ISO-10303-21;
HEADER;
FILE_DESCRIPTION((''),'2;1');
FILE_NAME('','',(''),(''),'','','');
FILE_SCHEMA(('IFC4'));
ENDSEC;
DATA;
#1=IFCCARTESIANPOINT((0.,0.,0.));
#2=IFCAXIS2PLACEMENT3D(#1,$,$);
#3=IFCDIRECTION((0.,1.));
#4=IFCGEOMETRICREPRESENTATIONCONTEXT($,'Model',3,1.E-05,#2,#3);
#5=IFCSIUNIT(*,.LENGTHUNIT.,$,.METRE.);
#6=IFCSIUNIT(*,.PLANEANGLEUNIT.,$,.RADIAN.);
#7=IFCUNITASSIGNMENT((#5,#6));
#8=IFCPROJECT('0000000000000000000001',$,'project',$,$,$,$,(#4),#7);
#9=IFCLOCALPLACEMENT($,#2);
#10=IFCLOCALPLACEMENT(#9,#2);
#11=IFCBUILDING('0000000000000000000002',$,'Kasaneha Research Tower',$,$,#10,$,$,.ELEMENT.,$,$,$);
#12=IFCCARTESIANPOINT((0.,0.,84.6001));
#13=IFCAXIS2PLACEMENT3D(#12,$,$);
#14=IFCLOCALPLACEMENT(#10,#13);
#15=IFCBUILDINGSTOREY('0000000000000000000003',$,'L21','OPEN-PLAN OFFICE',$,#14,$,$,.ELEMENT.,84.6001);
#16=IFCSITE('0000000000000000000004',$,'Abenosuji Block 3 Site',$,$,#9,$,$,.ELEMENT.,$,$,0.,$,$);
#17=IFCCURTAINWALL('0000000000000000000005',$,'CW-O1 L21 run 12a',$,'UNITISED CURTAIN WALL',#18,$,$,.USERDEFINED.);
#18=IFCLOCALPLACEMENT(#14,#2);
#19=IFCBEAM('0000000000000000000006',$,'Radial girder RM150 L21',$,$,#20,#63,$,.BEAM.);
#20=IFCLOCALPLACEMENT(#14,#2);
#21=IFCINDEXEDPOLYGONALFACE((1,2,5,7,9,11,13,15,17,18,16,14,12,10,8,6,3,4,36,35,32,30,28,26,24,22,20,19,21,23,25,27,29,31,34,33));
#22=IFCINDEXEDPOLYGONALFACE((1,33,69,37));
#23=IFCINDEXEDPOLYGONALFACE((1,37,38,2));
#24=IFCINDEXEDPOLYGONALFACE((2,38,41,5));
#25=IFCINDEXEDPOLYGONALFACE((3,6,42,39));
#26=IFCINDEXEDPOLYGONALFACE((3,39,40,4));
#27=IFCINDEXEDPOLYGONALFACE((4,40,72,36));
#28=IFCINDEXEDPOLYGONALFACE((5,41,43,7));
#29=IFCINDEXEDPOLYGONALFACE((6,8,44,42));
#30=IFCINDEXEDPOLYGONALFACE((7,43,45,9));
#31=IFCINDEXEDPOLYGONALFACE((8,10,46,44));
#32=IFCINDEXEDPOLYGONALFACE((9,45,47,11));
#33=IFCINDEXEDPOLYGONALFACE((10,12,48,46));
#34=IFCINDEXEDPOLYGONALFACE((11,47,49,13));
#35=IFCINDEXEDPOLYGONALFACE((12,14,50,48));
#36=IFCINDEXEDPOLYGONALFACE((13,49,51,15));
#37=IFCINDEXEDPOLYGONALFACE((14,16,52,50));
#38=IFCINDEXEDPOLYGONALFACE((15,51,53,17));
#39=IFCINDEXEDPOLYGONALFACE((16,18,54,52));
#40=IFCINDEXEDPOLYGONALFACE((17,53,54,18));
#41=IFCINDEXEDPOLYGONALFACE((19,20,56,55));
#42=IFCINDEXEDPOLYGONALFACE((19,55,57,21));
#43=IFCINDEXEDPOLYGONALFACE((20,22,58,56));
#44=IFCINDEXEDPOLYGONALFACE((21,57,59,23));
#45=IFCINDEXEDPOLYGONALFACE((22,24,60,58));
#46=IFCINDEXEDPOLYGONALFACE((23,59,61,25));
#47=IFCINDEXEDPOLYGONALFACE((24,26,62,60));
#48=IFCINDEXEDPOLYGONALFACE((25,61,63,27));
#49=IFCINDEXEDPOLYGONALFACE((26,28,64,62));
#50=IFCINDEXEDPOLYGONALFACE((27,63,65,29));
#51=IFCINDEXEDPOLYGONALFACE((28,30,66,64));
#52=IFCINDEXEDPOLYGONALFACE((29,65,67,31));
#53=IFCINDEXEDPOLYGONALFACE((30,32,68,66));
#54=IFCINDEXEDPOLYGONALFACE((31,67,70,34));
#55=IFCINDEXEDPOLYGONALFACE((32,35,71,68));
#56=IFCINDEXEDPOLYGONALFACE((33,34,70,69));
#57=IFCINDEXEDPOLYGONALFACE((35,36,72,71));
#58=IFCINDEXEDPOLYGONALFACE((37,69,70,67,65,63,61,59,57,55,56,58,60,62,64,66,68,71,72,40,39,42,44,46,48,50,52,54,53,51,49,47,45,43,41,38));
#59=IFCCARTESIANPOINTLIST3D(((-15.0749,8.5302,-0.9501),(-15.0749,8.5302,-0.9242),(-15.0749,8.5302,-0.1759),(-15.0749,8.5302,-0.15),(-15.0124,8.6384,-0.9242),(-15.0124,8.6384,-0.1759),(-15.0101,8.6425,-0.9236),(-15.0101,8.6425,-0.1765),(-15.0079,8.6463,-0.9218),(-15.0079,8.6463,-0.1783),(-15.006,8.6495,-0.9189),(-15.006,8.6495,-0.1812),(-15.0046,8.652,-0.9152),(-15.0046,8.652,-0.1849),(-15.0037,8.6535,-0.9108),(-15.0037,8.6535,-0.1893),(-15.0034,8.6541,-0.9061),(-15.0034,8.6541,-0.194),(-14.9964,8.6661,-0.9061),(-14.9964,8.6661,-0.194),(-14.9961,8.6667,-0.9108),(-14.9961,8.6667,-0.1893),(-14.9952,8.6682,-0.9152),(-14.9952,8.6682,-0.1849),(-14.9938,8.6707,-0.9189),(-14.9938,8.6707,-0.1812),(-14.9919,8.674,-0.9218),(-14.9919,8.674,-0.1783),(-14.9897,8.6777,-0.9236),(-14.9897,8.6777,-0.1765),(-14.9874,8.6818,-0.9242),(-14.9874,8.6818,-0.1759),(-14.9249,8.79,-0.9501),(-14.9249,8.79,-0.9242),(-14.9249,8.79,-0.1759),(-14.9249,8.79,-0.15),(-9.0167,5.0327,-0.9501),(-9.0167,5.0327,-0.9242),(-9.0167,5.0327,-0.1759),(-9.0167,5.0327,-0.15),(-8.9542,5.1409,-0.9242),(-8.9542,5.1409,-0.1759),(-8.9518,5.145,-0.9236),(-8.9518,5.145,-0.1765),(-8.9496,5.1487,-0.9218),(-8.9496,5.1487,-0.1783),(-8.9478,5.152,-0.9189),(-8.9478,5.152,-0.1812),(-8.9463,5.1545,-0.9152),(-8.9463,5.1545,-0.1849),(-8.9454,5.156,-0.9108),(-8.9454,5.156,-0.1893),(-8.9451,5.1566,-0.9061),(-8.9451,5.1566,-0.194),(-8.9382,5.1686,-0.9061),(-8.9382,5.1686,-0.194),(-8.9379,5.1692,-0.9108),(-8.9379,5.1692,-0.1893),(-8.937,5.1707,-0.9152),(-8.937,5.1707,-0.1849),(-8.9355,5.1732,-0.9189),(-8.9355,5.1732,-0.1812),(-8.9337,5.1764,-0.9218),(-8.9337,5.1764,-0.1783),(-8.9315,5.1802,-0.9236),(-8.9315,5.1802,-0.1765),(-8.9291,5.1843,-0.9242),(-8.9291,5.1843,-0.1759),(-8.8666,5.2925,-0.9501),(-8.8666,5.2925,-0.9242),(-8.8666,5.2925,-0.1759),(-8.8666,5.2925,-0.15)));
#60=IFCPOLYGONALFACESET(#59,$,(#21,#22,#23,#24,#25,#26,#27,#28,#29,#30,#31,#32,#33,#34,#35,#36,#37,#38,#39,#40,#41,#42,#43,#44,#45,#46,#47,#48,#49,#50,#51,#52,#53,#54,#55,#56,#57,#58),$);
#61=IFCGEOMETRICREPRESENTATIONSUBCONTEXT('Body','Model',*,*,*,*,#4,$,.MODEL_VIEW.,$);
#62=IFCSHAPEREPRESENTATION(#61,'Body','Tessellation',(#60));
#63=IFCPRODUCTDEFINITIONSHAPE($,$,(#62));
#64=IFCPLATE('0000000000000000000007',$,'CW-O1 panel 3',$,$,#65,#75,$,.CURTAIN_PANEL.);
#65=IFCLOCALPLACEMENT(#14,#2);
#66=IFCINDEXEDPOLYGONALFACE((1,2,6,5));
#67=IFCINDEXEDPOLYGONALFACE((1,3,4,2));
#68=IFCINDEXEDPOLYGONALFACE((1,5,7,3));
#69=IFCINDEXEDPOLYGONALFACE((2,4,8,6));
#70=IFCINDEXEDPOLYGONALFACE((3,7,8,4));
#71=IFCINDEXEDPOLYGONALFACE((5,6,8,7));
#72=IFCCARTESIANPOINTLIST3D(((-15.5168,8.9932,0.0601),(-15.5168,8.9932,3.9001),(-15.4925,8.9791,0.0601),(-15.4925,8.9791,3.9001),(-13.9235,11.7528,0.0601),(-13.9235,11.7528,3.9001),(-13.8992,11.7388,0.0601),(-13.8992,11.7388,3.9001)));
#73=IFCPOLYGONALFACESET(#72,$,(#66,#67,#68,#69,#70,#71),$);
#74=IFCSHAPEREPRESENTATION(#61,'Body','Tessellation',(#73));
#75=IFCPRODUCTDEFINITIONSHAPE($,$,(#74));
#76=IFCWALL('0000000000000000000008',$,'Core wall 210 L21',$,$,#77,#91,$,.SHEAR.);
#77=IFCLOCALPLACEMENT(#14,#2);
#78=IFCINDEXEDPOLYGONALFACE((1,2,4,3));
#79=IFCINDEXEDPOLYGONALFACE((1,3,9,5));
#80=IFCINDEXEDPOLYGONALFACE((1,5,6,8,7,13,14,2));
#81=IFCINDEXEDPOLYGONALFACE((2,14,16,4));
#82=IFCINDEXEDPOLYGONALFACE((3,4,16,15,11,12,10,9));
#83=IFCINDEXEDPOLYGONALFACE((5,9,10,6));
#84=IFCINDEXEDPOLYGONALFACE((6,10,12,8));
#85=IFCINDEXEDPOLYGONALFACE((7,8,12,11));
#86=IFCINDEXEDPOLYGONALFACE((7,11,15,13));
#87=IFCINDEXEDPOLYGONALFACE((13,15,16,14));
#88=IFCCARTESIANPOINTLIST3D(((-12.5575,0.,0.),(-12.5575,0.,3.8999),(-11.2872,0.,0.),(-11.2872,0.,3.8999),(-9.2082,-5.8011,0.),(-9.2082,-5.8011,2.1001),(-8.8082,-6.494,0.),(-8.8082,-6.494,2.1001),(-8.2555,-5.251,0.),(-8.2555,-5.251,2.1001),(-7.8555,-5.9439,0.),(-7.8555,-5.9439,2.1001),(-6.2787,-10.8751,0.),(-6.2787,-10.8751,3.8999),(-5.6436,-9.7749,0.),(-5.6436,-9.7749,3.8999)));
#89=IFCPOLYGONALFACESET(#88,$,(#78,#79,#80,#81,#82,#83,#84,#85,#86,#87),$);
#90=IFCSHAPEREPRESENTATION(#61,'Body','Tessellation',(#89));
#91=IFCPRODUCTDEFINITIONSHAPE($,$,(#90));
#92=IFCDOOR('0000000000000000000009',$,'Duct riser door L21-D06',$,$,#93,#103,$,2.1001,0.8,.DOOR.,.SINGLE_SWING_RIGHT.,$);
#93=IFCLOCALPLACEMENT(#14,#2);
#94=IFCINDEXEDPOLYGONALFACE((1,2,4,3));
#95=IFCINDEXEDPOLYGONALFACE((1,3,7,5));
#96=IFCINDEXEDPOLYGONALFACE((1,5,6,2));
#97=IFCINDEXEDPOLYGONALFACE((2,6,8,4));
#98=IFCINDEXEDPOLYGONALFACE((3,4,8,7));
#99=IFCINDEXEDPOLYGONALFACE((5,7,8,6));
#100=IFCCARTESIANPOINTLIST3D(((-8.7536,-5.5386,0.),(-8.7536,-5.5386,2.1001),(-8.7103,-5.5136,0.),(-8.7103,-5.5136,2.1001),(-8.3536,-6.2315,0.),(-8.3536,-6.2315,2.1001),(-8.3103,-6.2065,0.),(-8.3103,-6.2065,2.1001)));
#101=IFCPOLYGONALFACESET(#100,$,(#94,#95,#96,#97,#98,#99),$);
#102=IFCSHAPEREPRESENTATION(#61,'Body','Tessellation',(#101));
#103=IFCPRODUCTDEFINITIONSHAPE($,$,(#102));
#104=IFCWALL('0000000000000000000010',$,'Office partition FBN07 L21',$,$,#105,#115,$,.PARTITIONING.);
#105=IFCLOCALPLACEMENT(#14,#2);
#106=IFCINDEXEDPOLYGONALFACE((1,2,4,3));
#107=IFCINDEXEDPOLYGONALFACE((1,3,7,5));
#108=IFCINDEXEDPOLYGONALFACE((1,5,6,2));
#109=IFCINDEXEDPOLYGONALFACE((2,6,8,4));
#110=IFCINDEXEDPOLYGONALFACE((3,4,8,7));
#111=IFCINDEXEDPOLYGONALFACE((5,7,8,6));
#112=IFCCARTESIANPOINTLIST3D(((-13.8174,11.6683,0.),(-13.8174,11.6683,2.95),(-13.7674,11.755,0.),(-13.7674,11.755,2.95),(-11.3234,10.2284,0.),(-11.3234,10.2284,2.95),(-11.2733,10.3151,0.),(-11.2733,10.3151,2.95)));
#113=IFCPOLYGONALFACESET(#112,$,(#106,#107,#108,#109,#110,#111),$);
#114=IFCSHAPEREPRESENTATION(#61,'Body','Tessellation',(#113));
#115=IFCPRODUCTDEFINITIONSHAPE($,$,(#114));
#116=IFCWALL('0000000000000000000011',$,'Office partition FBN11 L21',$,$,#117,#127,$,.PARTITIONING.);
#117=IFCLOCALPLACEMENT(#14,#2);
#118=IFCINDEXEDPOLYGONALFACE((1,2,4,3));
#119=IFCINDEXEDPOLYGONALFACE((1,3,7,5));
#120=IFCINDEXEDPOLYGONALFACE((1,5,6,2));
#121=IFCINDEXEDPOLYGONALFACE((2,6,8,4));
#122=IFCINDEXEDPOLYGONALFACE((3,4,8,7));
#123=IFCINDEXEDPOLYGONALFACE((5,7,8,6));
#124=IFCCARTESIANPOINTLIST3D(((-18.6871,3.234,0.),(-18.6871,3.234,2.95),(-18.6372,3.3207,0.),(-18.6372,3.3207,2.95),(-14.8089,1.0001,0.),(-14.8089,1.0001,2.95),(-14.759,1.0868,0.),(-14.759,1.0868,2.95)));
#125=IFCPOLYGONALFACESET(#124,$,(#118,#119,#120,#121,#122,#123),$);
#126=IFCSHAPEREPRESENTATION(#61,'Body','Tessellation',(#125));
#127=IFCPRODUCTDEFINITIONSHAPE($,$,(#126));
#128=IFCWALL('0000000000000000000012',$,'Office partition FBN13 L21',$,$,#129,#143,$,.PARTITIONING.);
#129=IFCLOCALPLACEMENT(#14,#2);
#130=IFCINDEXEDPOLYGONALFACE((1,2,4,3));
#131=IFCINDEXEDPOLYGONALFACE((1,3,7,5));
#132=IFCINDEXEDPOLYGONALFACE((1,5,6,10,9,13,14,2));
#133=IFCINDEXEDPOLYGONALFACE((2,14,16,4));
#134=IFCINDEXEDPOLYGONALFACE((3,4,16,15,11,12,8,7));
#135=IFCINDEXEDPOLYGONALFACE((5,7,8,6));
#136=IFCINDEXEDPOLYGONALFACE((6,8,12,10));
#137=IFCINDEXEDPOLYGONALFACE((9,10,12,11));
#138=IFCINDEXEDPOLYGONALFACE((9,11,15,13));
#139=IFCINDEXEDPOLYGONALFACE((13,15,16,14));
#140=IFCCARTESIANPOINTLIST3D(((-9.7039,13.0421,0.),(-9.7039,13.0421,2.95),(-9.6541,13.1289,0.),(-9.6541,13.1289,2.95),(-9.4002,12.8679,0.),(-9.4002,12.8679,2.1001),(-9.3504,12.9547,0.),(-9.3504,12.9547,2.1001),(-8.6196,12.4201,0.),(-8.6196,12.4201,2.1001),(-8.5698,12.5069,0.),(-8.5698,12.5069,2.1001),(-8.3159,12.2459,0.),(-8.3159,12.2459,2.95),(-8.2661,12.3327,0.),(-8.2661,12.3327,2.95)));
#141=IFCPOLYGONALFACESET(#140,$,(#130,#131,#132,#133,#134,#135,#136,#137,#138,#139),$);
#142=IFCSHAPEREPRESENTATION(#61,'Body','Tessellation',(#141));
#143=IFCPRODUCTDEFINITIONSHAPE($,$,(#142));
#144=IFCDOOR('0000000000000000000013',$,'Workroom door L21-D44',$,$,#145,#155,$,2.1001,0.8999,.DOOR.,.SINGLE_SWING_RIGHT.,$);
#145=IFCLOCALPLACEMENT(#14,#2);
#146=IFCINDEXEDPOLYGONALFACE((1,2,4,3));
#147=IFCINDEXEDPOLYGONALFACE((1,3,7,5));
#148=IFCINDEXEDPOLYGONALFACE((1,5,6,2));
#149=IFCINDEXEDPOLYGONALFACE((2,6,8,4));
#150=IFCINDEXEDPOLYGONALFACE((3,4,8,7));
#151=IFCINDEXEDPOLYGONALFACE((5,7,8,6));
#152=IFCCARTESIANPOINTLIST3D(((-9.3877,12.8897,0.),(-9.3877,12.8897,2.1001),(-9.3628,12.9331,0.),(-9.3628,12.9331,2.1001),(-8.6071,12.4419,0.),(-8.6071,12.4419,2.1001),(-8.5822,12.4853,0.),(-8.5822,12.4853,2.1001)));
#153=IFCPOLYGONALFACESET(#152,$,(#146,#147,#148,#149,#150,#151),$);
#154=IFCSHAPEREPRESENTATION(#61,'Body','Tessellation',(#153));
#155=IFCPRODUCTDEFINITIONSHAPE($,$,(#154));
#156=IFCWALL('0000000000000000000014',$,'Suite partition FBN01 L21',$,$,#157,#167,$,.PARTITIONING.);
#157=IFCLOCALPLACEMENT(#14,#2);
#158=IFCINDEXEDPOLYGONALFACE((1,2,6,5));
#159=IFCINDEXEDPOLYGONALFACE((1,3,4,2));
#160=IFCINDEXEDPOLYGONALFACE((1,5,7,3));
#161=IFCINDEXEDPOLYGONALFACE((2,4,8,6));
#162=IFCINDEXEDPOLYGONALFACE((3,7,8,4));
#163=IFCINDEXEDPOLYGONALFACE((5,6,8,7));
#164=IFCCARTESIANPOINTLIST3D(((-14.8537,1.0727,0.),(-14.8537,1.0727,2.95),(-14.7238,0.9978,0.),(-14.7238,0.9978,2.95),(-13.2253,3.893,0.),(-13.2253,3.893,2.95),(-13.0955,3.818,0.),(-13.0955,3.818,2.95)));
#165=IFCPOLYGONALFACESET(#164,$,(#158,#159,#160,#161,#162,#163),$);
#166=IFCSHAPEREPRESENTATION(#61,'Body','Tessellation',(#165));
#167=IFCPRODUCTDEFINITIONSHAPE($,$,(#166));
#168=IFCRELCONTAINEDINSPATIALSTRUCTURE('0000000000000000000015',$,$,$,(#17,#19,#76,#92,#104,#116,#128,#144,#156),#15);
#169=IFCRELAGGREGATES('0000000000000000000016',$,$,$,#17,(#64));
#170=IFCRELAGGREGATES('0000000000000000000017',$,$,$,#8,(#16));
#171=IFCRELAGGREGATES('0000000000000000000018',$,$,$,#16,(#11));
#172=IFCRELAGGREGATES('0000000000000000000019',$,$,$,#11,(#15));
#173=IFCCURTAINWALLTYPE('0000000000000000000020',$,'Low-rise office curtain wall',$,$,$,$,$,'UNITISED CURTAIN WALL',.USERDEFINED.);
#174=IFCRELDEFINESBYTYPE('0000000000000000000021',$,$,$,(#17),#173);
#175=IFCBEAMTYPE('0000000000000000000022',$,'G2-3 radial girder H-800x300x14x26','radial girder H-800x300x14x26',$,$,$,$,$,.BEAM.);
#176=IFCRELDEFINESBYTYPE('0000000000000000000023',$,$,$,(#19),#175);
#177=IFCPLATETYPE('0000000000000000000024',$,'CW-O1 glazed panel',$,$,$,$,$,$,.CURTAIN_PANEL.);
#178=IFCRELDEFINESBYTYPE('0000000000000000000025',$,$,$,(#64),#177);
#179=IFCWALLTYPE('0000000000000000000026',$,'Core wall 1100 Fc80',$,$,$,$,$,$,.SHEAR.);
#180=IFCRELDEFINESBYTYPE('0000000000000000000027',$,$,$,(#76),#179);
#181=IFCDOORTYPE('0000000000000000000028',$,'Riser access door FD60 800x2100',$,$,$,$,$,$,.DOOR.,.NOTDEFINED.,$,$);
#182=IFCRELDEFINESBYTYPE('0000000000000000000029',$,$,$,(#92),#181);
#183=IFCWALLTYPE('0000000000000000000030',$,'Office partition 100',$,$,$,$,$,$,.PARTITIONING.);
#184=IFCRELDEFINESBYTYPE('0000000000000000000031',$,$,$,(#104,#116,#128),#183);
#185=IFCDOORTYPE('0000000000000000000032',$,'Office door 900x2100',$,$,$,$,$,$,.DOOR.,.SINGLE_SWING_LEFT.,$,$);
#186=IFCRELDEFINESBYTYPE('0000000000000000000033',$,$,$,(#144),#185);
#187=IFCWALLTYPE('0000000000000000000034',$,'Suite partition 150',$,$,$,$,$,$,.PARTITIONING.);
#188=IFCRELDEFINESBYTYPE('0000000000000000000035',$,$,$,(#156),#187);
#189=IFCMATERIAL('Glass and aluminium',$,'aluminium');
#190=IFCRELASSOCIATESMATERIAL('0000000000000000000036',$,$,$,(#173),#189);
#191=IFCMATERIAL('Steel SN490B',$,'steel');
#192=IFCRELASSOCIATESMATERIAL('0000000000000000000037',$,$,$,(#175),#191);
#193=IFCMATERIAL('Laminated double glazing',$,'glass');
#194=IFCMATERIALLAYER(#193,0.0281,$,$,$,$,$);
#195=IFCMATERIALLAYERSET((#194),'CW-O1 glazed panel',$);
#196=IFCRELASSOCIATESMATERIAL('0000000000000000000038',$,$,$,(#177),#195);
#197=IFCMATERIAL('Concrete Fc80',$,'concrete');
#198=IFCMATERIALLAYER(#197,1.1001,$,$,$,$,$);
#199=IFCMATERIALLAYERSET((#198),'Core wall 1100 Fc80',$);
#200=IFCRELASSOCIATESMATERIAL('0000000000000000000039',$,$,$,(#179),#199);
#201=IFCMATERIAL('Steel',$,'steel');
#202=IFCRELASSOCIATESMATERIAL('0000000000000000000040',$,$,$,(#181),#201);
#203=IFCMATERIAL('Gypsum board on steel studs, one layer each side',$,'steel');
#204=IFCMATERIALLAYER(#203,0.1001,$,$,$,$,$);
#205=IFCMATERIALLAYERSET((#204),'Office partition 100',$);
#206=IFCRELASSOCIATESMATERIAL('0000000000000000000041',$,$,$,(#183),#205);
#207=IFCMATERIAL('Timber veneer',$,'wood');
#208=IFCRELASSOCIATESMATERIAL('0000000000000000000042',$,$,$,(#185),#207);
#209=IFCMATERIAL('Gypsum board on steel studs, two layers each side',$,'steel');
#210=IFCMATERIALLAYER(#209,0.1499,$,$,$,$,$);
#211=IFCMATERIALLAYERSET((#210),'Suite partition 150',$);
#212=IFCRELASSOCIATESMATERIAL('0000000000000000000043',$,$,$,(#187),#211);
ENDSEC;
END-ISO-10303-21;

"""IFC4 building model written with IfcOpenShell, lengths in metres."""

from ifc_helpers import new_model, si_unit, direction, frame, frame_2d, origin, origin_2d, place, context, subcontext, project, spatial, polyline, rectangle, i_section, outline, extrude, material, layer, layer_set, material_profile, profile_set, type_object, element, fill, aggregate, save


model = new_model("IFC4")

# Units and contexts
model_context = context("Model", 3, precision=1e-05, world=origin(), true_north=direction((0.0, 1.0)))
body_context = subcontext(model_context, "Body", "Model", "MODEL_VIEW")
ifc_project = project(units=[si_unit("LENGTHUNIT", "METRE"), si_unit("PLANEANGLEUNIT", "RADIAN")], contexts=[model_context])

# Site, building, storey
site_placement = place(None, origin())
site = spatial("IfcSite", under=ifc_project, at=site_placement, Name="Abenosuji Block 3 Site", CompositionType="ELEMENT", RefElevation=0.0)
building_placement = place(site_placement, origin())
building = spatial("IfcBuilding", under=site, at=building_placement, Name="Kasaneha Research Tower", CompositionType="ELEMENT")
storey_placement = place(building_placement, frame((0.0, 0.0, 84.6001)))
storey = spatial("IfcBuildingStorey", under=building, at=storey_placement, Name="L21", Description="OPEN-PLAN OFFICE", CompositionType="ELEMENT", Elevation=84.6001)

# Curtain wall
ifc_material_1 = material(Name="Glass and aluminium", Category="aluminium")
curtain_wall_type = type_object("IfcCurtainWallType", Name="Low-rise office curtain wall", ElementType="UNITISED CURTAIN WALL", PredefinedType="USERDEFINED", material=ifc_material_1)
curtain_wall_placement = place(storey_placement, origin())
curtain_wall = element("IfcCurtainWall", 1, at=curtain_wall_placement, inside=storey, type_object=curtain_wall_type, Name="CW-O1 L21 run 12a", ObjectType="UNITISED CURTAIN WALL", PredefinedType="USERDEFINED")

# Beam
ifc_material_2 = material(Name="Steel SN490B", Category="steel")
ifc_material_profile_1 = material_profile(ifc_material_2, i_section(OverallWidth=0.3, OverallDepth=0.8, WebThickness=0.0139, FlangeThickness=0.0259, FilletRadius=0.0181, at=origin_2d()), Name="H-800x300x14x26")
ifc_profile_set_1 = profile_set([ifc_material_profile_1], Name="Steel SN490B")
beam_type_1 = type_object("IfcBeamType", Name="G2-3 radial girder H-800x300x14x26", Description="radial girder H-800x300x14x26", PredefinedType="BEAM", material=ifc_profile_set_1)
beam_1_placement = place(storey_placement, frame((-8.9417, 5.1626, -0.55), z_axis=(-0.86604, 0.499975, 0.0), x_axis=(-0.499975, -0.86604, 0.0)))
element("IfcBeam", 2, at=beam_1_placement, inside=storey, type_object=beam_type_1, Name="Radial girder RM150 L21", PredefinedType="BEAM", context=body_context, shape_type="SweptSolid", body=[
    extrude(i_section(OverallWidth=0.3, OverallDepth=0.8, WebThickness=0.0139, FlangeThickness=0.0259, FilletRadius=0.0181, at=origin_2d()), origin(), (0.0, 0.0, 1.0), 6.9954),
])

# Plate
ifc_material_3 = material(Name="Laminated double glazing", Category="glass")
ifc_layer_1 = layer(ifc_material_3, 0.0281)
ifc_layer_set_1 = layer_set([ifc_layer_1], Name="CW-O1 glazed panel")
plate_type = type_object("IfcPlateType", Name="CW-O1 glazed panel", PredefinedType="CURTAIN_PANEL", material=ifc_layer_set_1)
plate_placement = place(storey_placement, frame((-14.708, 10.366, 0.0601), z_axis=(0.0, 0.0, 1.0), x_axis=(-0.5, -0.866025, 0.0)))
plate = element("IfcPlate", 3, at=plate_placement, type_object=plate_type, Name="CW-O1 panel 3", PredefinedType="CURTAIN_PANEL", context=body_context, shape_type="SweptSolid", body=[
    extrude(rectangle(XDim=3.1865, YDim=0.0281, at=origin_2d()), origin(), (0.0, 0.0, 1.0), 3.8401),
])
aggregate(curtain_wall, [plate])

# Wall, opening, door
ifc_material_4 = material(Name="Concrete Fc80", Category="concrete")
ifc_layer_2 = layer(ifc_material_4, 1.1001)
ifc_layer_set_2 = layer_set([ifc_layer_2], Name="Core wall 1100 Fc80")
wall_type_1 = type_object("IfcWallType", Name="Core wall 1100 Fc80", PredefinedType="SHEAR", material=ifc_layer_set_2)
wall_1_placement = place(storey_placement, frame((-11.9224, 0.0, 0.0), z_axis=(0.0, 0.0, 1.0), x_axis=(0.500004, -0.866023, 0.0)))
wall_1 = element("IfcWall", 4, at=wall_1_placement, inside=storey, type_object=wall_type_1, Name="Core wall 210 L21", PredefinedType="SHEAR", context=body_context, shape_type="SweptSolid", body=[
    extrude(outline(polyline([(-0.3176, -0.55), (6.3811, -0.55), (7.1812, -0.55), (12.24, -0.55), (11.6047, 0.55), (7.1812, 0.55), (6.3811, 0.55), (0.3176, 0.55), (-0.3176, -0.55)])), origin(), (0.0, 0.0, 1.0), 3.8999),
])
opening_1_placement = place(wall_1_placement, frame((6.3811, 0.0, 0.0)))
opening_1 = element("IfcOpeningElement", 5, at=opening_1_placement, cuts=wall_1, PredefinedType="OPENING", context=body_context, shape_type="SweptSolid", body=[
    extrude(rectangle(XDim=0.8, YDim=2.1001, at=frame_2d((0.3999, 1.05))), frame((0.0, 0.5601, 0.0), z_axis=(0.0, -1.0, 0.0), x_axis=(1.0, 0.0, 0.0)), (0.0, 0.0, 1.0), 1.1201),
])
ifc_material_5 = material(Name="Steel", Category="steel")
door_type_1 = type_object("IfcDoorType", Name="Riser access door FD60 800x2100", OperationType="NOTDEFINED", PredefinedType="DOOR", material=ifc_material_5)
door_1_placement = place(opening_1_placement, origin())
door_1 = element("IfcDoor", 6, at=door_1_placement, inside=storey, type_object=door_type_1, Name="Duct riser door L21-D06", OperationType="SINGLE_SWING_RIGHT", OverallHeight=2.1001, OverallWidth=0.8, PredefinedType="DOOR", context=body_context, shape_type="SweptSolid", body=[
    extrude(rectangle(XDim=0.8, YDim=2.1001, at=frame_2d((0.3999, 1.05))), frame((0.0, 0.0249, 0.0), z_axis=(0.0, -1.0, 0.0), x_axis=(1.0, 0.0, 0.0)), (0.0, 0.0, 1.0), 0.05),
])
fill(opening_1, door_1)

# Walls
ifc_material_6 = material(Name="Gypsum board on steel studs, one layer each side", Category="steel")
ifc_layer_3 = layer(ifc_material_6, 0.1001)
ifc_layer_set_3 = layer_set([ifc_layer_3], Name="Office partition 100")
wall_type_2 = type_object("IfcWallType", Name="Office partition 100", PredefinedType="PARTITIONING", material=ifc_layer_set_3)
wall_2_placement = place(storey_placement, frame((-11.2983, 10.2717, 0.0), z_axis=(0.0, 0.0, 1.0), x_axis=(-0.866033, 0.499987, 0.0)))
element("IfcWall", 7, at=wall_2_placement, inside=storey, type_object=wall_type_2, Name="Office partition FBN07 L21", PredefinedType="PARTITIONING", context=body_context, shape_type="SweptSolid", body=[
    extrude(rectangle(XDim=2.8799, YDim=0.1001, at=frame_2d((1.4399, 0.0))), origin(), (0.0, 0.0, 1.0), 2.95),
])
wall_3_placement = place(storey_placement, frame((-14.7839, 1.0435, 0.0), z_axis=(0.0, 0.0, 1.0), x_axis=(-0.866526, 0.499132, 0.0)))
element("IfcWall", 8, at=wall_3_placement, inside=storey, type_object=wall_type_2, Name="Office partition FBN11 L21", PredefinedType="PARTITIONING", context=body_context, shape_type="SweptSolid", body=[
    extrude(rectangle(XDim=4.4756, YDim=0.1001, at=frame_2d((2.2378, 0.0))), origin(), (0.0, 0.0, 1.0), 2.95),
])

# Wall, opening, door
wall_4_placement = place(storey_placement, frame((-8.291, 12.2893, 0.0), z_axis=(0.0, 0.0, 1.0), x_axis=(-0.867425, 0.497568, 0.0)))
wall_4 = element("IfcWall", 9, at=wall_4_placement, inside=storey, type_object=wall_type_2, Name="Office partition FBN13 L21", PredefinedType="PARTITIONING", context=body_context, shape_type="SweptSolid", body=[
    extrude(rectangle(XDim=1.6001, YDim=0.1001, at=frame_2d((0.8, 0.0))), origin(), (0.0, 0.0, 1.0), 2.95),
])
opening_2_placement = place(wall_4_placement, frame((0.3501, 0.0, 0.0)))
opening_2 = element("IfcOpeningElement", 10, at=opening_2_placement, cuts=wall_4, PredefinedType="OPENING", context=body_context, shape_type="SweptSolid", body=[
    extrude(rectangle(XDim=0.8999, YDim=2.1001, at=frame_2d((0.45, 1.05))), frame((0.0, 0.0601, 0.0), z_axis=(0.0, -1.0, 0.0), x_axis=(1.0, 0.0, 0.0)), (0.0, 0.0, 1.0), 0.1201),
])
ifc_material_7 = material(Name="Timber veneer", Category="wood")
door_type_2 = type_object("IfcDoorType", Name="Office door 900x2100", OperationType="SINGLE_SWING_LEFT", PredefinedType="DOOR", material=ifc_material_7)
door_2_placement = place(opening_2_placement, origin())
door_2 = element("IfcDoor", 11, at=door_2_placement, inside=storey, type_object=door_type_2, Name="Workroom door L21-D44", OperationType="SINGLE_SWING_RIGHT", OverallHeight=2.1001, OverallWidth=0.8999, PredefinedType="DOOR", context=body_context, shape_type="SweptSolid", body=[
    extrude(rectangle(XDim=0.8999, YDim=2.1001, at=frame_2d((0.45, 1.05))), frame((0.0, 0.0249, 0.0), z_axis=(0.0, -1.0, 0.0), x_axis=(1.0, 0.0, 0.0)), (0.0, 0.0, 1.0), 0.05),
])
fill(opening_2, door_2)

# Wall
ifc_material_8 = material(Name="Gypsum board on steel studs, two layers each side", Category="steel")
ifc_layer_4 = layer(ifc_material_8, 0.1499)
ifc_layer_set_4 = layer_set([ifc_layer_4], Name="Suite partition 150")
wall_type_3 = type_object("IfcWallType", Name="Suite partition 150", PredefinedType="PARTITIONING", material=ifc_layer_set_4)
wall_5_placement = place(storey_placement, frame((-14.7888, 1.0352, 0.0), z_axis=(0.0, 0.0, 1.0), x_axis=(0.500025, 0.866011, 0.0)))
element("IfcWall", 12, at=wall_5_placement, inside=storey, type_object=wall_type_3, Name="Suite partition FBN01 L21", PredefinedType="PARTITIONING", context=body_context, shape_type="SweptSolid", body=[
    extrude(rectangle(XDim=3.2566, YDim=0.1499, at=frame_2d((1.6284, 0.0))), origin(), (0.0, 0.0, 1.0), 2.95),
])

save(model, "model.ifc")
